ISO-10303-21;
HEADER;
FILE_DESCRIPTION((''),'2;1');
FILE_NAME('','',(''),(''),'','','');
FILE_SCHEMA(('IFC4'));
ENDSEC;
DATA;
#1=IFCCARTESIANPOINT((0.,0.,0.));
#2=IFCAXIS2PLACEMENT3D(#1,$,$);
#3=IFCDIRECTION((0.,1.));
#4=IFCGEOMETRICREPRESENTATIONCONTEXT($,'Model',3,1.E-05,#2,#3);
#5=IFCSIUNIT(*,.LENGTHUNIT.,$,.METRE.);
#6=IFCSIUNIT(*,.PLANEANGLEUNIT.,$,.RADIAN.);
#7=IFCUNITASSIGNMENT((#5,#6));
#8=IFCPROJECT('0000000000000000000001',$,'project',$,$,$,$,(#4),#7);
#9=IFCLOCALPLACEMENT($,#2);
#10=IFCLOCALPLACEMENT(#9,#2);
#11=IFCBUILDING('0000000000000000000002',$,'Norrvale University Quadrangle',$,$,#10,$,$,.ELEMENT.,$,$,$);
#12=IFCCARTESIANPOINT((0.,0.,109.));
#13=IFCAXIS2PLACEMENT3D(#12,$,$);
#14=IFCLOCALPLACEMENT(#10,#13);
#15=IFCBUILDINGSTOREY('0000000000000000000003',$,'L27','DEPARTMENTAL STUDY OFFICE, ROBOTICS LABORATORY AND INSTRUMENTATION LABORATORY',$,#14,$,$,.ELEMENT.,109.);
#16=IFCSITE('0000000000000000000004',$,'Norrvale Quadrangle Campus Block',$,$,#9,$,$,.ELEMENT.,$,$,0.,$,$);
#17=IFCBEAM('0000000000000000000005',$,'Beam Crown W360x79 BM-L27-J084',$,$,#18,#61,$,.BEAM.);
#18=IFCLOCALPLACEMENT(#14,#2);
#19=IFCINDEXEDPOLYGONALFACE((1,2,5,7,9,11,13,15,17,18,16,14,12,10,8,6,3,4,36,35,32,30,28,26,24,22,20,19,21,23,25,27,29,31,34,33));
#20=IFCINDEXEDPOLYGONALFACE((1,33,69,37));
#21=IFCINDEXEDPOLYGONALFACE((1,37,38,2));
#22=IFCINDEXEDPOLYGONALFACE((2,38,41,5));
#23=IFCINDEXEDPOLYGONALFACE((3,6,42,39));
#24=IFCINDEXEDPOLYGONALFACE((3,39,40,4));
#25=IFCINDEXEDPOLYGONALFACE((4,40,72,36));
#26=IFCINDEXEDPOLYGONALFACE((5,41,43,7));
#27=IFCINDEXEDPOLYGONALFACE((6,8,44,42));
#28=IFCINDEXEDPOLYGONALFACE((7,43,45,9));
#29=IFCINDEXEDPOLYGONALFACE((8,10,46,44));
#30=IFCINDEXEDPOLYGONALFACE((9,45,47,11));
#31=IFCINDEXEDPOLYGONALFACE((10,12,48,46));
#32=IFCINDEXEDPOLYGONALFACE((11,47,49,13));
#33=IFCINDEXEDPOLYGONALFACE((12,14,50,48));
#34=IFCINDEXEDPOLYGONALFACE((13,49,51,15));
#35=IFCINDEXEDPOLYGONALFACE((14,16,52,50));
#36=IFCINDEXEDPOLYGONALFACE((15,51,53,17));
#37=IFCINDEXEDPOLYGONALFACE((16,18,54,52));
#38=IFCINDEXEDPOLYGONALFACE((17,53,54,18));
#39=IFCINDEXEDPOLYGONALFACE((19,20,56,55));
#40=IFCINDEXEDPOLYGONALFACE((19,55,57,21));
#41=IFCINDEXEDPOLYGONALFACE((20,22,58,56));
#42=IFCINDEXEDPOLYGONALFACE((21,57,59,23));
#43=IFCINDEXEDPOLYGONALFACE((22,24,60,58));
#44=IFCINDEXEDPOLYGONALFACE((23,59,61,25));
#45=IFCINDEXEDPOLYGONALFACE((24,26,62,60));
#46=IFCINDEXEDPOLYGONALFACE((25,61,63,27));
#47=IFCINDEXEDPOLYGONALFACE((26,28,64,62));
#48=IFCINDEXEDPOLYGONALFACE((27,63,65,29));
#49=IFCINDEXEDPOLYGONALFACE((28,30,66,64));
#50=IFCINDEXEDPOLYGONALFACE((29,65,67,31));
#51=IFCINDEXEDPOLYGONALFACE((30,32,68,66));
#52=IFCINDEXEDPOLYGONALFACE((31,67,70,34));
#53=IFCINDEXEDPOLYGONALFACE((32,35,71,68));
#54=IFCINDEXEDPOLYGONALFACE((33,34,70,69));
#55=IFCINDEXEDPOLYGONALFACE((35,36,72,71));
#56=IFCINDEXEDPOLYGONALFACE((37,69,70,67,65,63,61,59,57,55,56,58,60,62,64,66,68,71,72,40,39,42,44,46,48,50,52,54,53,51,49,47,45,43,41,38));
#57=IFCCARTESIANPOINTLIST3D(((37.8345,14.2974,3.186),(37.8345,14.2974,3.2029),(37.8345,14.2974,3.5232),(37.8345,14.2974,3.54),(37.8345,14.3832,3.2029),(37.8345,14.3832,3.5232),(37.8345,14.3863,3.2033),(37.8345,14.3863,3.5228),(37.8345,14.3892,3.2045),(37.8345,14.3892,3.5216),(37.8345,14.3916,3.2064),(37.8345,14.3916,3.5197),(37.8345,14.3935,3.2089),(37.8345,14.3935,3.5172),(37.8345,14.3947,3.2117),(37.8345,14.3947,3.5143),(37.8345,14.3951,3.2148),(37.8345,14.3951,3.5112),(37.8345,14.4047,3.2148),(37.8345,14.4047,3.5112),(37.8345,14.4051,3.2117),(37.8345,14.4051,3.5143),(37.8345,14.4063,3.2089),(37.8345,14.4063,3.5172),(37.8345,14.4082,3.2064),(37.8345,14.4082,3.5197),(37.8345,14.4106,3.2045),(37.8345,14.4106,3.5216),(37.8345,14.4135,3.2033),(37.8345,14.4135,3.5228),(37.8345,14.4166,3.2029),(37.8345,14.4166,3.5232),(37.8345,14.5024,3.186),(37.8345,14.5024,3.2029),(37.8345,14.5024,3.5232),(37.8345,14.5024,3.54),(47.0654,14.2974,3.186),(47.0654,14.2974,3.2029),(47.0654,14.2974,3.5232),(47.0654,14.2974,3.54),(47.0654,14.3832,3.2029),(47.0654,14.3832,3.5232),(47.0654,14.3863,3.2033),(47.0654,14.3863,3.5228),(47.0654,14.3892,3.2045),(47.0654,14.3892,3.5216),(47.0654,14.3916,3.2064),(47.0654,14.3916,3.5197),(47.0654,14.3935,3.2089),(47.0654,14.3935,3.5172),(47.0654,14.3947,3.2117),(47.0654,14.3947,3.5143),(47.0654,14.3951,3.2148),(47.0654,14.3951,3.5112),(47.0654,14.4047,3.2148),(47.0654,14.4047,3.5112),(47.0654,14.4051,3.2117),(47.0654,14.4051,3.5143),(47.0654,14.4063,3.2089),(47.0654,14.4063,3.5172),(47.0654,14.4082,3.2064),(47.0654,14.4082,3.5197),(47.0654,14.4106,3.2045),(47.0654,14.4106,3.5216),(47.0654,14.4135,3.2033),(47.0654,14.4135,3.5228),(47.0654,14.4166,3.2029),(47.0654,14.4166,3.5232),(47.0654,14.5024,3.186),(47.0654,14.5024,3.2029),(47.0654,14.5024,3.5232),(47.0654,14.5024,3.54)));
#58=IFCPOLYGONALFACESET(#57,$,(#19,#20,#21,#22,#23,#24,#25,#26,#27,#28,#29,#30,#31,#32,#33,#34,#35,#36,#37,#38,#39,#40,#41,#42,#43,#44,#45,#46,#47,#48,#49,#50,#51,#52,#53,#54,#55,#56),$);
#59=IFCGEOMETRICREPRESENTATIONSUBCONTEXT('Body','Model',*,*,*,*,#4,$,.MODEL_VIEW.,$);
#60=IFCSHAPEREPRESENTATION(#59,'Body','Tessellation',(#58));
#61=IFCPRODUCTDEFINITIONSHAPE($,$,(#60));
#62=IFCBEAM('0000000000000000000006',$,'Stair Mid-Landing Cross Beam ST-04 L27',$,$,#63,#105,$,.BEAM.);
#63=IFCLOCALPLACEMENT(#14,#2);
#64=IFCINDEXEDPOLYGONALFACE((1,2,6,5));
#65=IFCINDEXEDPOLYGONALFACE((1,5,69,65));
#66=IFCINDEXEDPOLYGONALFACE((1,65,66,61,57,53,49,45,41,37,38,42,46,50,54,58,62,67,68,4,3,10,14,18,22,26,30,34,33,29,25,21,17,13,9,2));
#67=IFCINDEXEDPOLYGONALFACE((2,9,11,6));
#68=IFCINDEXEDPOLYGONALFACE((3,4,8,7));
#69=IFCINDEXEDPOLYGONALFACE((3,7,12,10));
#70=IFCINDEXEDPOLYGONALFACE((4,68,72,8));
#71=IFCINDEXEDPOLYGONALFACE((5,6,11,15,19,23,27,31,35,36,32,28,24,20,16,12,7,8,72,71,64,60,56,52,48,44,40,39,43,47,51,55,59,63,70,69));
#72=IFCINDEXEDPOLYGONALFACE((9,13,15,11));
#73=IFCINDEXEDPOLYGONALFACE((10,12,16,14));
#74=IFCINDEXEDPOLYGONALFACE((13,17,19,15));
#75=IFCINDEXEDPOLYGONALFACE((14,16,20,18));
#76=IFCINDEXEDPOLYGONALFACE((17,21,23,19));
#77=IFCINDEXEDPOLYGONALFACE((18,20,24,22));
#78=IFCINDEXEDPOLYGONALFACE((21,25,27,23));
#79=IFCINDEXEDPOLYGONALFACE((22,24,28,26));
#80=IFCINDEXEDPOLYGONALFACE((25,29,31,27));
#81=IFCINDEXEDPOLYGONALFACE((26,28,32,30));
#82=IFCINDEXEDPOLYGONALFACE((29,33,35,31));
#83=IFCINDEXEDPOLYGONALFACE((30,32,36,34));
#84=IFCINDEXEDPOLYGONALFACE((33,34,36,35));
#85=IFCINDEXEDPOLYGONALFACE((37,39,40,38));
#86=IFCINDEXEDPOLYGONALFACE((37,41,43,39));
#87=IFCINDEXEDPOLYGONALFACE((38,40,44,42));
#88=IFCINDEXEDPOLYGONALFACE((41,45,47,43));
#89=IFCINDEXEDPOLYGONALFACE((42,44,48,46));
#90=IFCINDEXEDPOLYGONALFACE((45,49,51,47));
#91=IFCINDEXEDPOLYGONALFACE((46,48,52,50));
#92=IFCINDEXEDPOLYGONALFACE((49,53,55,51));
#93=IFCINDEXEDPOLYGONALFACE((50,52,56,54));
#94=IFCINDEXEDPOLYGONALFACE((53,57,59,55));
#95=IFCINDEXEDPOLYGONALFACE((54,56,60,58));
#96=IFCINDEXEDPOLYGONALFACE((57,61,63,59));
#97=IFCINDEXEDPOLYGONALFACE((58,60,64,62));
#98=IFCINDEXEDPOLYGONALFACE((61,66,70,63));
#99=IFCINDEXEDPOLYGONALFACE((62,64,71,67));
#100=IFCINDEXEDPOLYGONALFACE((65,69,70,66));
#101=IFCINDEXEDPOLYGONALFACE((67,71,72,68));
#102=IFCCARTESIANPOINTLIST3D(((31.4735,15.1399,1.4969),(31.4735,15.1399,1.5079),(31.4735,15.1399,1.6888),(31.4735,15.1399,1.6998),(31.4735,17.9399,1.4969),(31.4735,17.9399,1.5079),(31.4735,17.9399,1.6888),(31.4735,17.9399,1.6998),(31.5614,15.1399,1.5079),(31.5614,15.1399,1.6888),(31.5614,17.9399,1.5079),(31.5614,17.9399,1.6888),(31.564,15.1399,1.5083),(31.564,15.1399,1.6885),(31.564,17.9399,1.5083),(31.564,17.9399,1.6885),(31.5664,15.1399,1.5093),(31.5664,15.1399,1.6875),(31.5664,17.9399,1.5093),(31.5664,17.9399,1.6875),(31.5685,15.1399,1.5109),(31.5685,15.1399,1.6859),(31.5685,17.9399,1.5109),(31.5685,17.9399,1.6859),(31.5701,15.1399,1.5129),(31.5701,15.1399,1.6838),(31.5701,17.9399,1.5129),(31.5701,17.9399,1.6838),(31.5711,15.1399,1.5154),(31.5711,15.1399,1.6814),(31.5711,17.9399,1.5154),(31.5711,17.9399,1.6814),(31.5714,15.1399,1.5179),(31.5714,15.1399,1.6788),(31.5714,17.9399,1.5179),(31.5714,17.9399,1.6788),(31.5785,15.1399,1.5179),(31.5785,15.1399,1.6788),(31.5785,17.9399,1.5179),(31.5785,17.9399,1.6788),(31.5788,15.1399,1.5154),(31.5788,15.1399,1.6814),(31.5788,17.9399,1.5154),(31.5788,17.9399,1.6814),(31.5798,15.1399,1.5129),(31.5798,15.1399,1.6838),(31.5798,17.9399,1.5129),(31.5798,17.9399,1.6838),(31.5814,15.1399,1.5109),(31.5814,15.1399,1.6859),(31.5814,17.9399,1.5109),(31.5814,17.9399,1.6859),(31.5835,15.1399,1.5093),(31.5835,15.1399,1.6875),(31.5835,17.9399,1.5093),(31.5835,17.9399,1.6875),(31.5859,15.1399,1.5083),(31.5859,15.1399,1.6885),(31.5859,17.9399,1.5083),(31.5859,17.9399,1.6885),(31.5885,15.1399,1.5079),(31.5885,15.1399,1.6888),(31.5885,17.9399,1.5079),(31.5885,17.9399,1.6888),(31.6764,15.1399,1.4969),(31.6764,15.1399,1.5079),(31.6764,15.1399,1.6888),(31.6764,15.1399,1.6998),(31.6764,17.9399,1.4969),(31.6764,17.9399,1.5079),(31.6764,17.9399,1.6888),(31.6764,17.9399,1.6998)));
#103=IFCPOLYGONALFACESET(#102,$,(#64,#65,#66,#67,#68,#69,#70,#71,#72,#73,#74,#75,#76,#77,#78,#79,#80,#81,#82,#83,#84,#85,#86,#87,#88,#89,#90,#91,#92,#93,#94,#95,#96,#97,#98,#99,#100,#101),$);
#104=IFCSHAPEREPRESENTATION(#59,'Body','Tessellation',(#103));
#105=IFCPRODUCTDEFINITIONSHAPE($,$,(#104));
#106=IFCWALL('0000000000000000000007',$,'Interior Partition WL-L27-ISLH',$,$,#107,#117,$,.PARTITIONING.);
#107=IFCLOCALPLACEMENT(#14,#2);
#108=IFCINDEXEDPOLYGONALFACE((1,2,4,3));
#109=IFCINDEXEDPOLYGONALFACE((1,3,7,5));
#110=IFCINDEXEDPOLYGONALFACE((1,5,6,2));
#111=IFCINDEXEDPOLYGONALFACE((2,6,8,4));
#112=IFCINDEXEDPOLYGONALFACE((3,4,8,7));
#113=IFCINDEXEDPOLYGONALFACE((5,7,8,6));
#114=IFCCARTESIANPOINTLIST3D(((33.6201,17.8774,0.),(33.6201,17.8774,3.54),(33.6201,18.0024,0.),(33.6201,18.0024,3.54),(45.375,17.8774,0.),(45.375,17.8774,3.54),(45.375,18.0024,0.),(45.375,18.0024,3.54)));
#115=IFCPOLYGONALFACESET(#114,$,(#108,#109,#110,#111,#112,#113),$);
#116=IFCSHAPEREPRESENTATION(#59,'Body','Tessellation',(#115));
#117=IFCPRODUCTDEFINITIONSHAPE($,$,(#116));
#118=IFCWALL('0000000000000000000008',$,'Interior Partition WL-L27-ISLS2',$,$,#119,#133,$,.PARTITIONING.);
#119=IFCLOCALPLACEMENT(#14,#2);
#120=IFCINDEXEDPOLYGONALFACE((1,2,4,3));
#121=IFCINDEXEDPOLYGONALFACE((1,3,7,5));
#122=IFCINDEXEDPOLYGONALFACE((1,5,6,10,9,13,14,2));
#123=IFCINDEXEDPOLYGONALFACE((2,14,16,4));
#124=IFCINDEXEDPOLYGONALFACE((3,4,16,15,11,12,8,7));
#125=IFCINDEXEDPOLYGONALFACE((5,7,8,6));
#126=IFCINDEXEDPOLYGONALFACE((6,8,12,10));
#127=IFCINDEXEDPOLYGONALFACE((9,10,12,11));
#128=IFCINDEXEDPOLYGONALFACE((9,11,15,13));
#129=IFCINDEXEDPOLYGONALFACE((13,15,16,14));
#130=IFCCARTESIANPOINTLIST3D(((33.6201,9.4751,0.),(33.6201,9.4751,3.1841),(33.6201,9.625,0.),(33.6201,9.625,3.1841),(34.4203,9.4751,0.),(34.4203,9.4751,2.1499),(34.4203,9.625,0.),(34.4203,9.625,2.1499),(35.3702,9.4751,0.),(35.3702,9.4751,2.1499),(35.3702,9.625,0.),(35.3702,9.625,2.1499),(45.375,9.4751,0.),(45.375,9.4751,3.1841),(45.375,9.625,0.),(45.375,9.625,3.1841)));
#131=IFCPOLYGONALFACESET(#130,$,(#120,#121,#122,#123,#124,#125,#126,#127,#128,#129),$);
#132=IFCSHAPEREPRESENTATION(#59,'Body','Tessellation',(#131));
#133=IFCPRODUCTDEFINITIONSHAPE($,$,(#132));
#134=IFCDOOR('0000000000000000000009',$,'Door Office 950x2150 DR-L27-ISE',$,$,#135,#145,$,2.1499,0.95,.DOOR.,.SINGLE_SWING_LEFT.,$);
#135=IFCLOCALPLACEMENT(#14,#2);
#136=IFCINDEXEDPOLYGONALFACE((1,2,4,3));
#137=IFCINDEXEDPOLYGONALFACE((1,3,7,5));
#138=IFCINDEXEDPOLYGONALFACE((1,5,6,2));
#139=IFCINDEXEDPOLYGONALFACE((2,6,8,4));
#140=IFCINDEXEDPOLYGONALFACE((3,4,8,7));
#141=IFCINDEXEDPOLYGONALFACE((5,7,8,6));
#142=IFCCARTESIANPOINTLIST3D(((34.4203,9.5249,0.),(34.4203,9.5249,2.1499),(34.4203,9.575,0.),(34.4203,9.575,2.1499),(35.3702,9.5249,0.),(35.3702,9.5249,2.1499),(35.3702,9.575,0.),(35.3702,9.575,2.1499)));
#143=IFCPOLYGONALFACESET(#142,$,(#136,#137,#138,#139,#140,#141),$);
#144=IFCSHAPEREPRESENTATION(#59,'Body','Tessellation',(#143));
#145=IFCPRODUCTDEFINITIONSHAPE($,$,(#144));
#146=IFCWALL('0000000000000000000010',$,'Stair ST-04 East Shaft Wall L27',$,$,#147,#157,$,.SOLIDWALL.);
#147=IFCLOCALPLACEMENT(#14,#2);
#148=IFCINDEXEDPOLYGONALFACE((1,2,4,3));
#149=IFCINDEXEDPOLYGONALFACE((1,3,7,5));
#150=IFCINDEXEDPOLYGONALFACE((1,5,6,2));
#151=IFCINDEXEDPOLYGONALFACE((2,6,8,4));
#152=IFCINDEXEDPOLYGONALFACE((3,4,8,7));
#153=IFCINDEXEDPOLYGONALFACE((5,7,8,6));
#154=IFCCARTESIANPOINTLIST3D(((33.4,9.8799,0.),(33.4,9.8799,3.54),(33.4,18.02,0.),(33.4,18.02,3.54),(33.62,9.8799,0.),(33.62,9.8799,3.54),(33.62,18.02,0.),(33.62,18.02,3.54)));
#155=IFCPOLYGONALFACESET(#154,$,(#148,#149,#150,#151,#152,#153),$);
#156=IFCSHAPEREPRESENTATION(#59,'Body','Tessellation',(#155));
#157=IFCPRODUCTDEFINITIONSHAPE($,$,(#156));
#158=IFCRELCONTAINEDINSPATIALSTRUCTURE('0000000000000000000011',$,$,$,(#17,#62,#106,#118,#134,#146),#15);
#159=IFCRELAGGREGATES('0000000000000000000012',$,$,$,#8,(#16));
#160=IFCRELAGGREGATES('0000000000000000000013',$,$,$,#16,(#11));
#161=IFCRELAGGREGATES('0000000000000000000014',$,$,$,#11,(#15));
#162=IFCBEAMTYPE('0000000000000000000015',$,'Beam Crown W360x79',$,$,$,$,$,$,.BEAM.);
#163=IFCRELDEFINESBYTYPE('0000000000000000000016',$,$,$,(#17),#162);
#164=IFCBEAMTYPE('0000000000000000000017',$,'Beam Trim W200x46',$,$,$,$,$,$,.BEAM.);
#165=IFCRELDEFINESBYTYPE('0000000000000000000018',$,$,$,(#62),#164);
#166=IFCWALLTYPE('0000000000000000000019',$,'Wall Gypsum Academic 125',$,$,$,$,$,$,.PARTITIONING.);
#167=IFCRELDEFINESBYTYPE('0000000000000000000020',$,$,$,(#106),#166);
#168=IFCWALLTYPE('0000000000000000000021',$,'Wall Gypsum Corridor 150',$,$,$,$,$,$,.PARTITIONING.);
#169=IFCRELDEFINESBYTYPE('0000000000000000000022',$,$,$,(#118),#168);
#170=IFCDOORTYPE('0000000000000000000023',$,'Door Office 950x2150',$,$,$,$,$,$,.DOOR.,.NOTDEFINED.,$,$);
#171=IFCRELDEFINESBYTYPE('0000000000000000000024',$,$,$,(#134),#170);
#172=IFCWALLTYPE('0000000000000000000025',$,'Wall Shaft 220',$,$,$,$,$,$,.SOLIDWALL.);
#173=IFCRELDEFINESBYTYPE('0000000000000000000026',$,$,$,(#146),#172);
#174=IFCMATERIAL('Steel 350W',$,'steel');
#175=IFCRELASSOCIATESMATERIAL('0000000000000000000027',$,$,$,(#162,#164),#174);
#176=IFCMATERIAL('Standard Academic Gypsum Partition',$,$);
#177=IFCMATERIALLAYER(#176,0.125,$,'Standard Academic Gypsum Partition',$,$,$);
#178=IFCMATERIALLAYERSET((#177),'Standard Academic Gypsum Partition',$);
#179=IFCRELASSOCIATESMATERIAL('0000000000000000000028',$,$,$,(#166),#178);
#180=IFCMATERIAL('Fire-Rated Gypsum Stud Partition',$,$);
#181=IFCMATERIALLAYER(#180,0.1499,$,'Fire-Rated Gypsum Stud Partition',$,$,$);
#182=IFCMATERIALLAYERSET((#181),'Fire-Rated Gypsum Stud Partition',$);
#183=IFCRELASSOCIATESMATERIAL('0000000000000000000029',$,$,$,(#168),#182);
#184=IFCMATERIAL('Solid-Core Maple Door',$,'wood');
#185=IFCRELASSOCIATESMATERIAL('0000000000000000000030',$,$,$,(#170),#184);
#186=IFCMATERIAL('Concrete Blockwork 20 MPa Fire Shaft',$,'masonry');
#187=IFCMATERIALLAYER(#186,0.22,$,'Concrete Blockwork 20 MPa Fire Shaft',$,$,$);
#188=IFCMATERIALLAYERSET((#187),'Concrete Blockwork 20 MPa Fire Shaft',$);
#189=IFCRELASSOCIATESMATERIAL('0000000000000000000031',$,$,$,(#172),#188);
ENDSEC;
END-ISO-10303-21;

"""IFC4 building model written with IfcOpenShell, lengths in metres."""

from ifc_helpers import new_model, si_unit, direction, frame, frame_2d, origin, origin_2d, place, context, subcontext, project, spatial, rectangle, i_section, extrude, material, layer, layer_set, material_profile, profile_set, type_object, element, fill, save


model = new_model("IFC4")

# Units and contexts
model_context = context("Model", 3, precision=1e-05, world=origin(), true_north=direction((0.0, 1.0)))
body_context = subcontext(model_context, "Body", "Model", "MODEL_VIEW")
ifc_project = project(units=[si_unit("LENGTHUNIT", "METRE"), si_unit("PLANEANGLEUNIT", "RADIAN")], contexts=[model_context])

# Site, building, storey
site_placement = place(None, origin())
site = spatial("IfcSite", under=ifc_project, at=site_placement, Name="Norrvale Quadrangle Campus Block", CompositionType="ELEMENT", RefElevation=0.0)
building_placement = place(site_placement, origin())
building = spatial("IfcBuilding", under=site, at=building_placement, Name="Norrvale University Quadrangle", CompositionType="ELEMENT")
storey_placement = place(building_placement, frame((0.0, 0.0, 109.0)))
storey = spatial("IfcBuildingStorey", under=building, at=storey_placement, Name="L27", Description="DEPARTMENTAL STUDY OFFICE, ROBOTICS LABORATORY AND INSTRUMENTATION LABORATORY", CompositionType="ELEMENT", Elevation=109.0)

# Beams
ifc_material_1 = material(Name="Steel 350W", Category="steel")
ifc_material_profile_1 = material_profile(ifc_material_1, i_section(OverallWidth=0.2051, OverallDepth=0.354, WebThickness=0.0095, FlangeThickness=0.0168, FilletRadius=0.012, at=origin_2d()), Name="Steel 350W")
ifc_profile_set_1 = profile_set([ifc_material_profile_1], Name="Steel 350W")
beam_type_1 = type_object("IfcBeamType", Name="Beam Crown W360x79", PredefinedType="BEAM", material=ifc_profile_set_1)
for number, where, z_axis, x_axis, name in (
    (1, (37.8345, 14.3999, 3.363), (1.0, 0.0, 0.0), (0.0, 1.0, 0.0), "Beam Crown W360x79 BM-L27-J084"),
):
    element("IfcBeam", number, at=place(storey_placement, frame(where, z_axis=z_axis, x_axis=x_axis)), inside=storey, type_object=beam_type_1, Name=name, PredefinedType="BEAM", context=body_context, shape_type="SweptSolid", body=[
        extrude(i_section(OverallWidth=0.2051, OverallDepth=0.354, WebThickness=0.0095, FlangeThickness=0.0168, FilletRadius=0.012, at=origin_2d()), origin(), (0.0, 0.0, 1.0), 9.231),
    ])
ifc_material_profile_2 = material_profile(ifc_material_1, i_section(OverallWidth=0.2029, OverallDepth=0.2029, WebThickness=0.0071, FlangeThickness=0.011, FilletRadius=0.01, at=origin_2d()), Name="Steel 350W")
ifc_profile_set_2 = profile_set([ifc_material_profile_2], Name="Steel 350W")
beam_type_2 = type_object("IfcBeamType", Name="Beam Trim W200x46", PredefinedType="BEAM", material=ifc_profile_set_2)
beam_1_placement = place(storey_placement, frame((31.575, 15.1399, 1.5984), z_axis=(0.0, 1.0, 0.0), x_axis=(-1.0, 0.0, 0.0)))
element("IfcBeam", 2, at=beam_1_placement, inside=storey, type_object=beam_type_2, Name="Stair Mid-Landing Cross Beam ST-04 L27", PredefinedType="BEAM", context=body_context, shape_type="SweptSolid", body=[
    extrude(i_section(OverallWidth=0.2029, OverallDepth=0.2029, WebThickness=0.0071, FlangeThickness=0.011, FilletRadius=0.01, at=origin_2d()), origin(), (0.0, 0.0, 1.0), 2.8),
])

# Wall
ifc_material_2 = material(Name="Standard Academic Gypsum Partition")
ifc_layer_1 = layer(ifc_material_2, 0.125, Name="Standard Academic Gypsum Partition")
ifc_layer_set_1 = layer_set([ifc_layer_1], Name="Standard Academic Gypsum Partition")
wall_type_1 = type_object("IfcWallType", Name="Wall Gypsum Academic 125", PredefinedType="PARTITIONING", material=ifc_layer_set_1)
wall_1_placement = place(storey_placement, frame((33.6201, 17.9399, 0.0), z_axis=(0.0, 0.0, 1.0), x_axis=(1.0, 0.0, 0.0)))
element("IfcWall", 3, at=wall_1_placement, inside=storey, type_object=wall_type_1, Name="Interior Partition WL-L27-ISLH", PredefinedType="PARTITIONING", context=body_context, shape_type="SweptSolid", body=[
    extrude(rectangle(XDim=11.7549, YDim=0.125, at=frame_2d((5.8774, 0.0))), origin(), (0.0, 0.0, 1.0), 3.54),
])

# Wall, opening, door
ifc_material_3 = material(Name="Fire-Rated Gypsum Stud Partition")
ifc_layer_2 = layer(ifc_material_3, 0.1499, Name="Fire-Rated Gypsum Stud Partition")
ifc_layer_set_2 = layer_set([ifc_layer_2], Name="Fire-Rated Gypsum Stud Partition")
wall_type_2 = type_object("IfcWallType", Name="Wall Gypsum Corridor 150", PredefinedType="PARTITIONING", material=ifc_layer_set_2)
wall_2_placement = place(storey_placement, frame((33.6201, 9.55, 0.0), z_axis=(0.0, 0.0, 1.0), x_axis=(1.0, 0.0, 0.0)))
wall_2 = element("IfcWall", 4, at=wall_2_placement, inside=storey, type_object=wall_type_2, Name="Interior Partition WL-L27-ISLS2", PredefinedType="PARTITIONING", context=body_context, shape_type="SweptSolid", body=[
    extrude(rectangle(XDim=11.7549, YDim=0.1499, at=frame_2d((5.8774, 0.0))), origin(), (0.0, 0.0, 1.0), 3.1841),
])
opening_placement = place(wall_2_placement, frame((0.8, 0.0, 0.0)))
opening = element("IfcOpeningElement", 5, at=opening_placement, cuts=wall_2, PredefinedType="OPENING", context=body_context, shape_type="SweptSolid", body=[
    extrude(rectangle(XDim=0.95, YDim=2.1499, at=frame_2d((0.4751, 1.075))), frame((0.0, 0.0869, 0.0), z_axis=(0.0, -1.0, 0.0), x_axis=(1.0, 0.0, 0.0)), (0.0, 0.0, 1.0), 0.1738),
])
ifc_material_4 = material(Name="Solid-Core Maple Door", Category="wood")
door_type = type_object("IfcDoorType", Name="Door Office 950x2150", OperationType="NOTDEFINED", PredefinedType="DOOR", material=ifc_material_4)
door_placement = place(opening_placement, origin())
door = element("IfcDoor", 6, at=door_placement, inside=storey, type_object=door_type, Name="Door Office 950x2150 DR-L27-ISE", OperationType="SINGLE_SWING_LEFT", OverallHeight=2.1499, OverallWidth=0.95, PredefinedType="DOOR", context=body_context, shape_type="SweptSolid", body=[
    extrude(rectangle(XDim=0.95, YDim=2.1499, at=frame_2d((0.4751, 1.075))), frame((0.0, 0.0249, 0.0), z_axis=(0.0, -1.0, 0.0), x_axis=(1.0, 0.0, 0.0)), (0.0, 0.0, 1.0), 0.05),
])
fill(opening, door)

# Wall
ifc_material_5 = material(Name="Concrete Blockwork 20 MPa Fire Shaft", Category="masonry")
ifc_layer_3 = layer(ifc_material_5, 0.22, Name="Concrete Blockwork 20 MPa Fire Shaft")
ifc_layer_set_3 = layer_set([ifc_layer_3], Name="Concrete Blockwork 20 MPa Fire Shaft")
wall_type_3 = type_object("IfcWallType", Name="Wall Shaft 220", PredefinedType="SOLIDWALL", material=ifc_layer_set_3)
wall_3_placement = place(storey_placement, frame((33.51, 9.8799, 0.0), z_axis=(0.0, 0.0, 1.0), x_axis=(0.0, 1.0, 0.0)))
element("IfcWall", 7, at=wall_3_placement, inside=storey, type_object=wall_type_3, Name="Stair ST-04 East Shaft Wall L27", PredefinedType="SOLIDWALL", context=body_context, shape_type="SweptSolid", body=[
    extrude(rectangle(XDim=8.1401, YDim=0.22, at=frame_2d((4.0701, 0.0))), origin(), (0.0, 0.0, 1.0), 3.54),
])

save(model, "model.ifc")
